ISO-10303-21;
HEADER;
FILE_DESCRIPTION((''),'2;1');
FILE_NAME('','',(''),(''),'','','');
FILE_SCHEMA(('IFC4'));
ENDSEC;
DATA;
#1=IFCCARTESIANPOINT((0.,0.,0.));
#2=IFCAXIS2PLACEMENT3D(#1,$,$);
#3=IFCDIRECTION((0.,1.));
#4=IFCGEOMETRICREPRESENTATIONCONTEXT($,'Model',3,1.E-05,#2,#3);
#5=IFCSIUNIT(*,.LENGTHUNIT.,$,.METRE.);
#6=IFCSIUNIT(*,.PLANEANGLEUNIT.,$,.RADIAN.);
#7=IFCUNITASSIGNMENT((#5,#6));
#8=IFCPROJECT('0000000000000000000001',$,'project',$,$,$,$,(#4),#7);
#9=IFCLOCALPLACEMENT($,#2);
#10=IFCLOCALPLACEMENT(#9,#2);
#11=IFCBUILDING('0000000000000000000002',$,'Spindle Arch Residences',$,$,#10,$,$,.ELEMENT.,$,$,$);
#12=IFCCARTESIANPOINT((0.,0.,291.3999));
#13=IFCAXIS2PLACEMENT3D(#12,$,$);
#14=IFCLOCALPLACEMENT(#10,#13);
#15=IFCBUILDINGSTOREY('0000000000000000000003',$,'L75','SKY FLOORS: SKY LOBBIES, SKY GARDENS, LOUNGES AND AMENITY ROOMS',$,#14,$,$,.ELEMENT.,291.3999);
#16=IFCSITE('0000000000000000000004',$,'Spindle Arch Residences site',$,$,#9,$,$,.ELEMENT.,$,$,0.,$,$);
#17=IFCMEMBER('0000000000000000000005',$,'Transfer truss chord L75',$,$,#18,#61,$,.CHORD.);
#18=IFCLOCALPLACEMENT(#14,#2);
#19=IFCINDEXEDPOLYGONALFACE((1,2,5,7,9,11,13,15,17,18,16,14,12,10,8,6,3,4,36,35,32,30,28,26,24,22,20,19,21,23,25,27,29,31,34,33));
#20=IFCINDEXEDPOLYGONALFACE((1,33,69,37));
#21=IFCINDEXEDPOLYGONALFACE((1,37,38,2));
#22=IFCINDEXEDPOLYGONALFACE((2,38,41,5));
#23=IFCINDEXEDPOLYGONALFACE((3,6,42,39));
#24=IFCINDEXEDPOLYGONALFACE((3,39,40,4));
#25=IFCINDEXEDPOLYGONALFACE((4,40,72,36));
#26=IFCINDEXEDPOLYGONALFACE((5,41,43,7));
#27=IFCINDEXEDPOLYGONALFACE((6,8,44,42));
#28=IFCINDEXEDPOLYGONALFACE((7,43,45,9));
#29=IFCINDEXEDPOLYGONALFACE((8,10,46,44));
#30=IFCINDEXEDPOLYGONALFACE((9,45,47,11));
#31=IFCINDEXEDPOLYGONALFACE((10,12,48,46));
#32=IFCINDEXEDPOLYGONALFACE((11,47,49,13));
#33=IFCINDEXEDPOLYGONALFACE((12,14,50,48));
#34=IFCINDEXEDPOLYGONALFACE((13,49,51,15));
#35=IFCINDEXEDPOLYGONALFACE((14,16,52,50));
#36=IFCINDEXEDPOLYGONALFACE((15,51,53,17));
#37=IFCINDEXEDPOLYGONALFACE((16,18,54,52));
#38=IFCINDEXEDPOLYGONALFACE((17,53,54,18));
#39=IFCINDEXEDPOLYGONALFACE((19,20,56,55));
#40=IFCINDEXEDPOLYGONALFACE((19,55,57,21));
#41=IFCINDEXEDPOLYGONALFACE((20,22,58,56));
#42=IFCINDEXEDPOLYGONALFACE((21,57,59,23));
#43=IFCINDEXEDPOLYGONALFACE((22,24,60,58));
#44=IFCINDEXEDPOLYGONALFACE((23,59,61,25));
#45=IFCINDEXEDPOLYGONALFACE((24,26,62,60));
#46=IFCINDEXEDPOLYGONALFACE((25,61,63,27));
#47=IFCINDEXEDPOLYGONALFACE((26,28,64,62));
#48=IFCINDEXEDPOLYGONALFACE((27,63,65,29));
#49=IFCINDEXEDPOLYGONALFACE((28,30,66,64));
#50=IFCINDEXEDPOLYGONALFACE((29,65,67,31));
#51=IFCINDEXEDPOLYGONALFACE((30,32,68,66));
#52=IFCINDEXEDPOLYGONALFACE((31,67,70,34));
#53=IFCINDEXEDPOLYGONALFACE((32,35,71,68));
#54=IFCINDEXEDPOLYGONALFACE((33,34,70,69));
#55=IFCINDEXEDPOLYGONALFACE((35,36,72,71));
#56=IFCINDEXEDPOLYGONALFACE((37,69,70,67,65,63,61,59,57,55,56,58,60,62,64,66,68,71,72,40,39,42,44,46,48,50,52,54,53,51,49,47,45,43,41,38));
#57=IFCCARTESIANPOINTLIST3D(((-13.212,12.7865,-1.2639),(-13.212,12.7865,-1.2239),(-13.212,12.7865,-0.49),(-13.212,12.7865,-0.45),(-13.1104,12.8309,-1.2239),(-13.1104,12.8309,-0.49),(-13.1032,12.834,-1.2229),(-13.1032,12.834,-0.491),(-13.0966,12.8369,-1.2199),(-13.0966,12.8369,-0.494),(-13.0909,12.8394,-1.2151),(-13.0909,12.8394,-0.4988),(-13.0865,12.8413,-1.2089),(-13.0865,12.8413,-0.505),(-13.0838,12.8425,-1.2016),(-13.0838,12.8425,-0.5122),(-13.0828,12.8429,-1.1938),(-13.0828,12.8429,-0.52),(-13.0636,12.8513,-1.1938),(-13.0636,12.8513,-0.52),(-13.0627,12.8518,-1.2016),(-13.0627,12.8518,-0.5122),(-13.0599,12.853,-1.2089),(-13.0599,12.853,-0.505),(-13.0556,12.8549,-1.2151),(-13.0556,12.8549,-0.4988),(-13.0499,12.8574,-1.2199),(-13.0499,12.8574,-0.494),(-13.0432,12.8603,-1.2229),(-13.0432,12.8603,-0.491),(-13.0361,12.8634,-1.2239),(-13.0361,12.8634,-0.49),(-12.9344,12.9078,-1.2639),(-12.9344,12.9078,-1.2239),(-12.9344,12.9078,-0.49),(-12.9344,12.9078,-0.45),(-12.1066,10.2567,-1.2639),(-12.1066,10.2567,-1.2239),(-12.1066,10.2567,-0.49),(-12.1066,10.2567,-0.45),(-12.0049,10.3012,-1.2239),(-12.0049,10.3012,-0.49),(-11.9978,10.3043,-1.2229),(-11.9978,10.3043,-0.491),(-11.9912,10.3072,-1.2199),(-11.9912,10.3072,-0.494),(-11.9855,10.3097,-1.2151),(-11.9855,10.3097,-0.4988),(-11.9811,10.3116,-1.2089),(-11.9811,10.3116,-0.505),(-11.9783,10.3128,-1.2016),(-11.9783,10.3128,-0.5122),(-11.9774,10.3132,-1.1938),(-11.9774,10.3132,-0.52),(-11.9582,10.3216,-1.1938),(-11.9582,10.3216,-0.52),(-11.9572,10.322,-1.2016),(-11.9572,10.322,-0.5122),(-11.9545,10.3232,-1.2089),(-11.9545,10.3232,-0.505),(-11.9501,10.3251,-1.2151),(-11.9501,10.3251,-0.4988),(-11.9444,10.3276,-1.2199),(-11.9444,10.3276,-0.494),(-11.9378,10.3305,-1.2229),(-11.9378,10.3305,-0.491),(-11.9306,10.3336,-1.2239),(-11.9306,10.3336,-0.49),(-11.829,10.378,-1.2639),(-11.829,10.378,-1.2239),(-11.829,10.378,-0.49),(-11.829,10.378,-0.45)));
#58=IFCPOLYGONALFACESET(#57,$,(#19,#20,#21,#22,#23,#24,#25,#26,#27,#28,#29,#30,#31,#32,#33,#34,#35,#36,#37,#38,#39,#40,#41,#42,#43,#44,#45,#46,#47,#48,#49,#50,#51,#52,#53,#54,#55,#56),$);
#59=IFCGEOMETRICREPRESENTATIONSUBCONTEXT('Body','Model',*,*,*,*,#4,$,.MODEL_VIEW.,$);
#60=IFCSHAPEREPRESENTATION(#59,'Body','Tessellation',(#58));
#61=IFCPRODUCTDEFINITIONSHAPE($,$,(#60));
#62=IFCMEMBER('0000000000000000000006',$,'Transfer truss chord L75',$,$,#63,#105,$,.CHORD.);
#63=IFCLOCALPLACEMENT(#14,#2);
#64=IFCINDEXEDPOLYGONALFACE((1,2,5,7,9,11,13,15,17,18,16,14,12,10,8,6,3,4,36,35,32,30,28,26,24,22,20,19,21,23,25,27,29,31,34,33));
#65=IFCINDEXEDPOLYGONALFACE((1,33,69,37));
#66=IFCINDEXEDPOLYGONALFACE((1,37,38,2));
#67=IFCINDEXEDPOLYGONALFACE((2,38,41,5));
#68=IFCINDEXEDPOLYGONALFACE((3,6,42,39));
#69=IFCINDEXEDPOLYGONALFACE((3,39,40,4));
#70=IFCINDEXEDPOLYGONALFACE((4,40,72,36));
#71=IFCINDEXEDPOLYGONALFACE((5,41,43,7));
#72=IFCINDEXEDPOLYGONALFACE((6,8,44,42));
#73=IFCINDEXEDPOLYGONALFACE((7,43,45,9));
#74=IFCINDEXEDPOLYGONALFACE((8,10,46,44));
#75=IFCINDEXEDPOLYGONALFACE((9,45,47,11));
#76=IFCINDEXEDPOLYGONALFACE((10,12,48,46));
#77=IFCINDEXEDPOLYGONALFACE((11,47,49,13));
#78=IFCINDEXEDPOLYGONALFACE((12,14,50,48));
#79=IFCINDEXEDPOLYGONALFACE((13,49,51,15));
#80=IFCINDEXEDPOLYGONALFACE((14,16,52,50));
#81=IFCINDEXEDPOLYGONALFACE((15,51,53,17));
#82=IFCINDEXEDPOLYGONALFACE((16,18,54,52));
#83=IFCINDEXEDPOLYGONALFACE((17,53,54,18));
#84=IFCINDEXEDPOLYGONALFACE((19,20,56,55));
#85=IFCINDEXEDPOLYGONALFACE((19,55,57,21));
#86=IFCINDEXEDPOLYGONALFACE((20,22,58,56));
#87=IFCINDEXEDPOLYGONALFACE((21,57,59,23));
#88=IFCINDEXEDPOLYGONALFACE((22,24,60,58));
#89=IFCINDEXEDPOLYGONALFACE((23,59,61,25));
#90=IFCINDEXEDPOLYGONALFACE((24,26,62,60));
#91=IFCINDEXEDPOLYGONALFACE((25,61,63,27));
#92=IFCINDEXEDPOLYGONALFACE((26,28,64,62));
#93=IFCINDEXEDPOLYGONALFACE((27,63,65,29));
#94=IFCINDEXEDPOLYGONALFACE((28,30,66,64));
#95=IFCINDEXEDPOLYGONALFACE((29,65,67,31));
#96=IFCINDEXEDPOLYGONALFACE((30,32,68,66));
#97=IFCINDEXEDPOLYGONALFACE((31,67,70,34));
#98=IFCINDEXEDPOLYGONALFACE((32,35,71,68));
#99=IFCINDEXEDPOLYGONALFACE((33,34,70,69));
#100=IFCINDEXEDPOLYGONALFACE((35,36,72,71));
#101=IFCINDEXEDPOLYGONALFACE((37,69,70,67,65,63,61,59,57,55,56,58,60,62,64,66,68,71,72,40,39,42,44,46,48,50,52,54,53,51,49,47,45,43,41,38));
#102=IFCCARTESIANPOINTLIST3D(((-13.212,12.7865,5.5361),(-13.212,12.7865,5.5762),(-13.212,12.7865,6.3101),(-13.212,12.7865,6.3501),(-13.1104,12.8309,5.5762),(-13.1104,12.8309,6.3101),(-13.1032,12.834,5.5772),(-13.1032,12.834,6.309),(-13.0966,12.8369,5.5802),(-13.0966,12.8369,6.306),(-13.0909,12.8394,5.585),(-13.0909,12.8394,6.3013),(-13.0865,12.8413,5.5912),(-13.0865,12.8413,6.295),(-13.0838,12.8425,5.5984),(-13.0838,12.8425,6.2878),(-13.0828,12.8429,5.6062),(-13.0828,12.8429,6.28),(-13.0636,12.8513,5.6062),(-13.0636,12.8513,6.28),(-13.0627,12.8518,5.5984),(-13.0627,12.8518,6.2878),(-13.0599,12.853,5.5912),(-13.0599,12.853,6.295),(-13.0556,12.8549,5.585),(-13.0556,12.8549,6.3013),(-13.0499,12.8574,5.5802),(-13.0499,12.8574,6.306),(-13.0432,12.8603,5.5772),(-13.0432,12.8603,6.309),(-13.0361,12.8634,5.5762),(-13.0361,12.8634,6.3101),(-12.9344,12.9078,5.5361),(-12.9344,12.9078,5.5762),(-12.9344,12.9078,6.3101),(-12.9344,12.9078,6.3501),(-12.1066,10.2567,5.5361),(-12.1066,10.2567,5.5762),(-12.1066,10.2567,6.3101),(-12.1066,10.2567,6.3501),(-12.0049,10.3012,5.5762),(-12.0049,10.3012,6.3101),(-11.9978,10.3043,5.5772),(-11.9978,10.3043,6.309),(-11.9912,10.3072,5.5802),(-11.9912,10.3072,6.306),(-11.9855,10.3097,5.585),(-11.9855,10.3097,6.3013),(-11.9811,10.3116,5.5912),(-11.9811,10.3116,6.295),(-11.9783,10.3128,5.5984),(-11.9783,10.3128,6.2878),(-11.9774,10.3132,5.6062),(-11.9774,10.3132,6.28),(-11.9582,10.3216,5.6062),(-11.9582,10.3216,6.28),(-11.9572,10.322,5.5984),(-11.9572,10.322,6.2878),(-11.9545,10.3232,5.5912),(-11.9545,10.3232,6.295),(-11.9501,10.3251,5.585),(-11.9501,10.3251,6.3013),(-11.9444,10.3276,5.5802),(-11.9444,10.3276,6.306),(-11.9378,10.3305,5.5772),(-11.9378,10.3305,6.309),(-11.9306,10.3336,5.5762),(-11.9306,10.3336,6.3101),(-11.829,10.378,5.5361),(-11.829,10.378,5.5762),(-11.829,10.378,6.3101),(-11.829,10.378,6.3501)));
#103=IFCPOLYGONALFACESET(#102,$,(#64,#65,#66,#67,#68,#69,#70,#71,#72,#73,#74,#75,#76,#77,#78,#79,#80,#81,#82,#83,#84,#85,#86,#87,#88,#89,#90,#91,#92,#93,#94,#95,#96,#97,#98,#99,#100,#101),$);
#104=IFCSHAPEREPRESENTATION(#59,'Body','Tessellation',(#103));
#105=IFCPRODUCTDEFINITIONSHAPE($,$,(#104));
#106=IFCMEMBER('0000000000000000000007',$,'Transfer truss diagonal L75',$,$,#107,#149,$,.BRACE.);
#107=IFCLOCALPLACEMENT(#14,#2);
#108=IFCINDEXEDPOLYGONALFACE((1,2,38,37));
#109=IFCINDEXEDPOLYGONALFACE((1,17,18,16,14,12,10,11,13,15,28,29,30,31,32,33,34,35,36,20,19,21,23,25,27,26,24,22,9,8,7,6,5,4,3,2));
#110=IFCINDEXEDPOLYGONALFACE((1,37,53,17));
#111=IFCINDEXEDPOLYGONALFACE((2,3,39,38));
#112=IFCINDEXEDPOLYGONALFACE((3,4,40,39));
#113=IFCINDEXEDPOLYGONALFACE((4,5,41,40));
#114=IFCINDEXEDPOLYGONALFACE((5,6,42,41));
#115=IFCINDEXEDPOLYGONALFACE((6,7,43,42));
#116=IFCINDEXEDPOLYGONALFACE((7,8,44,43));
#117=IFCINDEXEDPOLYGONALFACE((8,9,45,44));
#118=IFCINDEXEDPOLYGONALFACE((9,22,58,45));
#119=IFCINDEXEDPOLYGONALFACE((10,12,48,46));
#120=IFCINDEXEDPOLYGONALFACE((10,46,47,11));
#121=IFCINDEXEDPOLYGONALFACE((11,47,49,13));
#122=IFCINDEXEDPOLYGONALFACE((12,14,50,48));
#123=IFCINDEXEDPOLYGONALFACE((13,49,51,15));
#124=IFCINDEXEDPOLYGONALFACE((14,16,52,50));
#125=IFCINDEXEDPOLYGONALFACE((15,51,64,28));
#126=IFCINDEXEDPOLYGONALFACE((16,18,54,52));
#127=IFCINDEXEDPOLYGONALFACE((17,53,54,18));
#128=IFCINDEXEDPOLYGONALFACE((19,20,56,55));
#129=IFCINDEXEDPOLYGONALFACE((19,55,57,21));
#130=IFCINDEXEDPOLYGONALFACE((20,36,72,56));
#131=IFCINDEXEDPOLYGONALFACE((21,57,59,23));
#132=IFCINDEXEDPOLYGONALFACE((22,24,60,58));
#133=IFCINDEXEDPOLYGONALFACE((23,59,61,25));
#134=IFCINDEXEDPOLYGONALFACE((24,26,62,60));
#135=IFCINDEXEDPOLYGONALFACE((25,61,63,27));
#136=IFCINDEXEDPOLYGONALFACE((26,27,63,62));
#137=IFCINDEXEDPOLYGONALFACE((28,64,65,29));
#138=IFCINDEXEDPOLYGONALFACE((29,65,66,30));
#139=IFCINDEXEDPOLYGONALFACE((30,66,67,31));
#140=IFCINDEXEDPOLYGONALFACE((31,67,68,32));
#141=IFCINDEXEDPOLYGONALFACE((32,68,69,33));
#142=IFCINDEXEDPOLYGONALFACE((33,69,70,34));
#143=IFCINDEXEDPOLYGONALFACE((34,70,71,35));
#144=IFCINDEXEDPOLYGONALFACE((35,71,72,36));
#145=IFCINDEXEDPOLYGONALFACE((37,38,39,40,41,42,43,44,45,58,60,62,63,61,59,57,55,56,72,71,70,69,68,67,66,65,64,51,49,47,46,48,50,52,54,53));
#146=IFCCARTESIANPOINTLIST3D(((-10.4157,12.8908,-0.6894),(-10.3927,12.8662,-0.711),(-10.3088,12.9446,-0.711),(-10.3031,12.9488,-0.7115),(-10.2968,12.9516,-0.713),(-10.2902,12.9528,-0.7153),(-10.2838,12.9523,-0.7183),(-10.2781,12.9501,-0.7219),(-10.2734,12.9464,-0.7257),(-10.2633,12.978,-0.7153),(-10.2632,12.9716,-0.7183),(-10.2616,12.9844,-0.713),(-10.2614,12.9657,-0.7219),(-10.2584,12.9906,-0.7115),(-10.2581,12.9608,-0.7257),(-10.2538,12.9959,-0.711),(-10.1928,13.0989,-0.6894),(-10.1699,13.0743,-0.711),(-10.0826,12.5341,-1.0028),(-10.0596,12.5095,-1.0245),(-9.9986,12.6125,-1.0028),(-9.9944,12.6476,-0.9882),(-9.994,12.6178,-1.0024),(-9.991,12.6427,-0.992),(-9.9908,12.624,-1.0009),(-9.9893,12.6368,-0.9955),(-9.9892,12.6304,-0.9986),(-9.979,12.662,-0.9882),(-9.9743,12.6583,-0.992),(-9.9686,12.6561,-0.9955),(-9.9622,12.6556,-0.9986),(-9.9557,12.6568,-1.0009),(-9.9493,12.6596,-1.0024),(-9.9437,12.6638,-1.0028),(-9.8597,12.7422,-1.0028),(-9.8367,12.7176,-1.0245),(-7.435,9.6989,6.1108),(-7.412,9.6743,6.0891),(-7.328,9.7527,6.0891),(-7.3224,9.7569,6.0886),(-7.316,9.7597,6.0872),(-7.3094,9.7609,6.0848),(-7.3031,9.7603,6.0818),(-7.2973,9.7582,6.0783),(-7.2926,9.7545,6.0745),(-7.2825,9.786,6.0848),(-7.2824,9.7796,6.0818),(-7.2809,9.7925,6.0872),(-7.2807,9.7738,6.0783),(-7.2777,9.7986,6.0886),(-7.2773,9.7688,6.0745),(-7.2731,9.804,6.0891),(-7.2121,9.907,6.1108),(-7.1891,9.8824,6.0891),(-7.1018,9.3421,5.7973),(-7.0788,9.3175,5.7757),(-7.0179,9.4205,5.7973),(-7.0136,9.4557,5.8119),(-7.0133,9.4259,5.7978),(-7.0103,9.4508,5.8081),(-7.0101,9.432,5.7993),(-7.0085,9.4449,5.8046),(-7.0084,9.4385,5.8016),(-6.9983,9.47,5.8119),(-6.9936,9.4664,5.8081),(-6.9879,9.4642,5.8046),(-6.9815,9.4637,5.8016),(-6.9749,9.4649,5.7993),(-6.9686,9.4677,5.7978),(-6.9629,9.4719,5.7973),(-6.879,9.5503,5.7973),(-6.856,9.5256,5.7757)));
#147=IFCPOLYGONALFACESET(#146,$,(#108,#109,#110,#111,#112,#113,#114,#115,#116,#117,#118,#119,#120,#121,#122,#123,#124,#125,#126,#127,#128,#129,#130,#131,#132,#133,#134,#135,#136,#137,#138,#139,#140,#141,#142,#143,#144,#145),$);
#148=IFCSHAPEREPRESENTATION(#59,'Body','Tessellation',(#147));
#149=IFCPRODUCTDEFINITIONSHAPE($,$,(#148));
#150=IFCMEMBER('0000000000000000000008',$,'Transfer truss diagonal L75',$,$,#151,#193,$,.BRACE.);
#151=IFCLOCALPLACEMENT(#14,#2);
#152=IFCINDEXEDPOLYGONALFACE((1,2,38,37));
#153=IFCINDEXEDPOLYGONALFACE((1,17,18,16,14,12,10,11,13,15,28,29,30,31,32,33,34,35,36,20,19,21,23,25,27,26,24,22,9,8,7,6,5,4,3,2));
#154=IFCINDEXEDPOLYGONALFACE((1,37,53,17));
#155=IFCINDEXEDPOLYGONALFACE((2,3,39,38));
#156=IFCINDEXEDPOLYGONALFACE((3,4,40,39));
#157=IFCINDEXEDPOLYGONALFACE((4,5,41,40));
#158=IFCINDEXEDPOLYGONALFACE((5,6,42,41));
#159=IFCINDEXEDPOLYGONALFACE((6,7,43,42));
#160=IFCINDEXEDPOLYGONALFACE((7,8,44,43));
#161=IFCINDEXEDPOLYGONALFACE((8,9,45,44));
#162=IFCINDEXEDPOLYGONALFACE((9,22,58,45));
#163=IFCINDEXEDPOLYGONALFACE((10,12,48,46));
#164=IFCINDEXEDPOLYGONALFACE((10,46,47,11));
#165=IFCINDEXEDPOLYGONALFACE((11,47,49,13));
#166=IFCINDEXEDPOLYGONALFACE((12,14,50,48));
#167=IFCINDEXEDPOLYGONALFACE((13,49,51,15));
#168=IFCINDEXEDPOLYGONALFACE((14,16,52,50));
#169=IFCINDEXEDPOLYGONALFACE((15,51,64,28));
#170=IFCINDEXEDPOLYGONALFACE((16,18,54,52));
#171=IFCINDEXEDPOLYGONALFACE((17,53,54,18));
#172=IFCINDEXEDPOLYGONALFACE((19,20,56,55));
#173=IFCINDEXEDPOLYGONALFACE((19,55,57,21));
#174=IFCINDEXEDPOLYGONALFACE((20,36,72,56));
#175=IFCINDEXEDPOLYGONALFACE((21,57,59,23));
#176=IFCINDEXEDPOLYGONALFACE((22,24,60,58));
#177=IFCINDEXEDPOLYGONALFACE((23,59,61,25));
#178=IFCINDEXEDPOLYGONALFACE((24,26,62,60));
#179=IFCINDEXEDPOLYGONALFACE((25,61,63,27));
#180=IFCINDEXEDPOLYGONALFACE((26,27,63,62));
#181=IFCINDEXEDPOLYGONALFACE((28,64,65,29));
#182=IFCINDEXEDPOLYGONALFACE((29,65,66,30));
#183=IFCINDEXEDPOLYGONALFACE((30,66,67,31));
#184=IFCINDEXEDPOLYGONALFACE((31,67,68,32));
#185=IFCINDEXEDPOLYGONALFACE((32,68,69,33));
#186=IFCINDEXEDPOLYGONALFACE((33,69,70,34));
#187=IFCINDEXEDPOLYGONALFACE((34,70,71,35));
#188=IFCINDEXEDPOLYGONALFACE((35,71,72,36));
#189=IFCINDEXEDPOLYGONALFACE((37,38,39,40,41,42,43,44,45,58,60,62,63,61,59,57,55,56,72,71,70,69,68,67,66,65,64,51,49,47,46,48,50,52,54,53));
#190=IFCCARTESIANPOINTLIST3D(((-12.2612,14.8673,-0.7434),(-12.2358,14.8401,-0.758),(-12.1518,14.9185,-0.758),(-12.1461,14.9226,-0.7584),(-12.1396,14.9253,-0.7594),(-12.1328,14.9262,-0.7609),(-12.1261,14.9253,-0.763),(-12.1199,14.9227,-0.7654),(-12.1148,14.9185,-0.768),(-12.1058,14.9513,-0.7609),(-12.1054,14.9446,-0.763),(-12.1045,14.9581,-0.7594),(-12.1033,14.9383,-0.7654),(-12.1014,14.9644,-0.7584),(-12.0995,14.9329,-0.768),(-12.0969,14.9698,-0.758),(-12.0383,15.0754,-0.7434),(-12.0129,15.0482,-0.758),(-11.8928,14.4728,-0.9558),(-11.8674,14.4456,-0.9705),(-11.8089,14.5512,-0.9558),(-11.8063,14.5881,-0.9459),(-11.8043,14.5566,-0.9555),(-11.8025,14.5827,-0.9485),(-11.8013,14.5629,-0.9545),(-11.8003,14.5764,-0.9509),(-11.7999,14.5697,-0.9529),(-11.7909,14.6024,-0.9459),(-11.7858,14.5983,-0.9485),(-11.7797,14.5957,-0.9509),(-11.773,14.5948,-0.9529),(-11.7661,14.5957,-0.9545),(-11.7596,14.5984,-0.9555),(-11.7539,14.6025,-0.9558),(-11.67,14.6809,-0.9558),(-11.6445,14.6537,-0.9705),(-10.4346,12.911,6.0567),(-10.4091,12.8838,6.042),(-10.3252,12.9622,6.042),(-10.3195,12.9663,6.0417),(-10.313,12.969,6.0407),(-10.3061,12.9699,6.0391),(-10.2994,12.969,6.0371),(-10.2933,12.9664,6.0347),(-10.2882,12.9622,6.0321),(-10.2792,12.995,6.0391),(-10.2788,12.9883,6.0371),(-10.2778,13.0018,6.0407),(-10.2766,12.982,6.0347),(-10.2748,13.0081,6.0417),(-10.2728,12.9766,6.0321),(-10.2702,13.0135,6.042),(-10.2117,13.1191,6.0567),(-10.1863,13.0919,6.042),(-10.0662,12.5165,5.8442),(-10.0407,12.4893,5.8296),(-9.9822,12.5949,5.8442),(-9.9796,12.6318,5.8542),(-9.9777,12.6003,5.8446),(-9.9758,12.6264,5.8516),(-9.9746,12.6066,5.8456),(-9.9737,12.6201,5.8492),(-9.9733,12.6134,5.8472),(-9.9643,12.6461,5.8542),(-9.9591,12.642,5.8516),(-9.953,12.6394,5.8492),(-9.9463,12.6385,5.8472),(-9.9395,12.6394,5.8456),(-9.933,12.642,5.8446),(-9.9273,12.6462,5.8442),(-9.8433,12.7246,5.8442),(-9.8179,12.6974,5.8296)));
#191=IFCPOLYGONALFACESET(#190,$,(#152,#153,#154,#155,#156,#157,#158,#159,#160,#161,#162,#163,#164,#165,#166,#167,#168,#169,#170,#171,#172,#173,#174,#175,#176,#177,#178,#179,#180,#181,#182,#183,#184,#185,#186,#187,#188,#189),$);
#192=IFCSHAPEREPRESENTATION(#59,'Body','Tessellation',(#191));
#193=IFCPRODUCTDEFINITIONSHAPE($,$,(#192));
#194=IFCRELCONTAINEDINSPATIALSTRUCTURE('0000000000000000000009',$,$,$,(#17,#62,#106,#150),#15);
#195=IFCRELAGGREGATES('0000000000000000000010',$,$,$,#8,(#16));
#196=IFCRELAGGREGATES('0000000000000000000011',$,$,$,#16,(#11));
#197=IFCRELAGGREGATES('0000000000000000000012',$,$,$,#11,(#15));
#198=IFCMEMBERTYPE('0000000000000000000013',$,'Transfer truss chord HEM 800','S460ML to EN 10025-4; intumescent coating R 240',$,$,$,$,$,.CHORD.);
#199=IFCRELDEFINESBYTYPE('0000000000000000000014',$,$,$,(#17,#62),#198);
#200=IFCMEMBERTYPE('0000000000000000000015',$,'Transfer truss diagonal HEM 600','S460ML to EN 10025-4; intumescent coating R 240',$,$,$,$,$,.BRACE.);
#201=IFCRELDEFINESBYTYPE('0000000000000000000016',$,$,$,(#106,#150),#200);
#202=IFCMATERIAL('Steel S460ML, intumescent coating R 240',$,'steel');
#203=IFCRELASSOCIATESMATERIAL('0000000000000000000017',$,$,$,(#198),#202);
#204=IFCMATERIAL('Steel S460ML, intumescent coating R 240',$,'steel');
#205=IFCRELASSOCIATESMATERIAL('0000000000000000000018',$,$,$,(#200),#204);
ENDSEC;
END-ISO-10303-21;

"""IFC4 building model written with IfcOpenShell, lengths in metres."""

from ifc_helpers import new_model, si_unit, direction, frame, origin, origin_2d, place, context, subcontext, project, spatial, i_section, extrude, material, material_profile, profile_set, type_object, element, save


model = new_model("IFC4")

# Units and contexts
model_context = context("Model", 3, precision=1e-05, world=origin(), true_north=direction((0.0, 1.0)))
body_context = subcontext(model_context, "Body", "Model", "MODEL_VIEW")
ifc_project = project(units=[si_unit("LENGTHUNIT", "METRE"), si_unit("PLANEANGLEUNIT", "RADIAN")], contexts=[model_context])

# Site, building, storey
site_placement = place(None, origin())
site = spatial("IfcSite", under=ifc_project, at=site_placement, Name="Spindle Arch Residences site", CompositionType="ELEMENT", RefElevation=0.0)
building_placement = place(site_placement, origin())
building = spatial("IfcBuilding", under=site, at=building_placement, Name="Spindle Arch Residences", CompositionType="ELEMENT")
storey_placement = place(building_placement, frame((0.0, 0.0, 291.3999)))
storey = spatial("IfcBuildingStorey", under=building, at=storey_placement, Name="L75", Description="SKY FLOORS: SKY LOBBIES, SKY GARDENS, LOUNGES AND AMENITY ROOMS", CompositionType="ELEMENT", Elevation=291.3999)

# Members
ifc_material_1 = material(Name="Steel S460ML, intumescent coating R 240", Category="steel")
ifc_material_profile_1 = material_profile(ifc_material_1, i_section(OverallWidth=0.303, OverallDepth=0.814, WebThickness=0.021, FlangeThickness=0.04, FilletRadius=0.03, at=origin_2d()), Name="HEM 800")
ifc_profile_set_1 = profile_set([ifc_material_profile_1], Name="Steel S460ML, intumescent coating R 240")
member_type_1 = type_object("IfcMemberType", Name="Transfer truss chord HEM 800", Description="S460ML to EN 10025-4; intumescent coating R 240", PredefinedType="CHORD", material=ifc_profile_set_1)
for number, where, z_axis, x_axis, name in (
    (1, (-11.9678, 10.3174, -0.8569), (-0.40042, 0.916332, 0.0), (-0.916332, -0.40042, 0.0), "Transfer truss chord L75"),
    (2, (-11.9678, 10.3174, 5.9431), (-0.40042, 0.916332, 0.0), (-0.916332, -0.40042, 0.0), "Transfer truss chord L75"),
):
    element("IfcMember", number, at=place(storey_placement, frame(where, z_axis=z_axis, x_axis=x_axis)), inside=storey, type_object=member_type_1, Name=name, PredefinedType="CHORD", context=body_context, shape_type="SweptSolid", body=[
        extrude(i_section(OverallWidth=0.303, OverallDepth=0.814, WebThickness=0.021, FlangeThickness=0.04, FilletRadius=0.03, at=origin_2d()), origin(), (0.0, 0.0, 1.0), 2.7607),
    ])
ifc_material_2 = material(Name="Steel S460ML, intumescent coating R 240", Category="steel")
ifc_material_profile_2 = material_profile(ifc_material_2, i_section(OverallWidth=0.3049, OverallDepth=0.6201, WebThickness=0.021, FlangeThickness=0.04, FilletRadius=0.0271, at=origin_2d()), Name="HEM 600")
ifc_profile_set_2 = profile_set([ifc_material_profile_2], Name="Steel S460ML, intumescent coating R 240")
member_type_2 = type_object("IfcMemberType", Name="Transfer truss diagonal HEM 600", Description="S460ML to EN 10025-4; intumescent coating R 240", PredefinedType="BRACE", material=ifc_profile_set_2)
member_1_placement = place(storey_placement, frame((-10.1262, 12.8042, -0.8569), z_axis=(0.368824, -0.394954, 0.841416), x_axis=(0.730871, 0.682515, 0.0)))
element("IfcMember", 3, at=member_1_placement, inside=storey, type_object=member_type_2, Name="Transfer truss diagonal L75", PredefinedType="BRACE", context=body_context, shape_type="SweptSolid", body=[
    extrude(i_section(OverallWidth=0.3049, OverallDepth=0.6201, WebThickness=0.021, FlangeThickness=0.04, FilletRadius=0.0271, at=origin_2d()), origin(), (0.0, 0.0, 1.0), 8.0818),
])
member_2_placement = place(storey_placement, frame((-11.9529, 14.7605, -0.8569), z_axis=(0.249959, -0.267699, 0.930515), x_axis=(0.73091, 0.682474, 0.0)))
element("IfcMember", 4, at=member_2_placement, inside=storey, type_object=member_type_2, Name="Transfer truss diagonal L75", PredefinedType="BRACE", context=body_context, shape_type="SweptSolid", body=[
    extrude(i_section(OverallWidth=0.3049, OverallDepth=0.6201, WebThickness=0.021, FlangeThickness=0.04, FilletRadius=0.0271, at=origin_2d()), origin(), (0.0, 0.0, 1.0), 7.3079),
])

save(model, "model.ifc")
